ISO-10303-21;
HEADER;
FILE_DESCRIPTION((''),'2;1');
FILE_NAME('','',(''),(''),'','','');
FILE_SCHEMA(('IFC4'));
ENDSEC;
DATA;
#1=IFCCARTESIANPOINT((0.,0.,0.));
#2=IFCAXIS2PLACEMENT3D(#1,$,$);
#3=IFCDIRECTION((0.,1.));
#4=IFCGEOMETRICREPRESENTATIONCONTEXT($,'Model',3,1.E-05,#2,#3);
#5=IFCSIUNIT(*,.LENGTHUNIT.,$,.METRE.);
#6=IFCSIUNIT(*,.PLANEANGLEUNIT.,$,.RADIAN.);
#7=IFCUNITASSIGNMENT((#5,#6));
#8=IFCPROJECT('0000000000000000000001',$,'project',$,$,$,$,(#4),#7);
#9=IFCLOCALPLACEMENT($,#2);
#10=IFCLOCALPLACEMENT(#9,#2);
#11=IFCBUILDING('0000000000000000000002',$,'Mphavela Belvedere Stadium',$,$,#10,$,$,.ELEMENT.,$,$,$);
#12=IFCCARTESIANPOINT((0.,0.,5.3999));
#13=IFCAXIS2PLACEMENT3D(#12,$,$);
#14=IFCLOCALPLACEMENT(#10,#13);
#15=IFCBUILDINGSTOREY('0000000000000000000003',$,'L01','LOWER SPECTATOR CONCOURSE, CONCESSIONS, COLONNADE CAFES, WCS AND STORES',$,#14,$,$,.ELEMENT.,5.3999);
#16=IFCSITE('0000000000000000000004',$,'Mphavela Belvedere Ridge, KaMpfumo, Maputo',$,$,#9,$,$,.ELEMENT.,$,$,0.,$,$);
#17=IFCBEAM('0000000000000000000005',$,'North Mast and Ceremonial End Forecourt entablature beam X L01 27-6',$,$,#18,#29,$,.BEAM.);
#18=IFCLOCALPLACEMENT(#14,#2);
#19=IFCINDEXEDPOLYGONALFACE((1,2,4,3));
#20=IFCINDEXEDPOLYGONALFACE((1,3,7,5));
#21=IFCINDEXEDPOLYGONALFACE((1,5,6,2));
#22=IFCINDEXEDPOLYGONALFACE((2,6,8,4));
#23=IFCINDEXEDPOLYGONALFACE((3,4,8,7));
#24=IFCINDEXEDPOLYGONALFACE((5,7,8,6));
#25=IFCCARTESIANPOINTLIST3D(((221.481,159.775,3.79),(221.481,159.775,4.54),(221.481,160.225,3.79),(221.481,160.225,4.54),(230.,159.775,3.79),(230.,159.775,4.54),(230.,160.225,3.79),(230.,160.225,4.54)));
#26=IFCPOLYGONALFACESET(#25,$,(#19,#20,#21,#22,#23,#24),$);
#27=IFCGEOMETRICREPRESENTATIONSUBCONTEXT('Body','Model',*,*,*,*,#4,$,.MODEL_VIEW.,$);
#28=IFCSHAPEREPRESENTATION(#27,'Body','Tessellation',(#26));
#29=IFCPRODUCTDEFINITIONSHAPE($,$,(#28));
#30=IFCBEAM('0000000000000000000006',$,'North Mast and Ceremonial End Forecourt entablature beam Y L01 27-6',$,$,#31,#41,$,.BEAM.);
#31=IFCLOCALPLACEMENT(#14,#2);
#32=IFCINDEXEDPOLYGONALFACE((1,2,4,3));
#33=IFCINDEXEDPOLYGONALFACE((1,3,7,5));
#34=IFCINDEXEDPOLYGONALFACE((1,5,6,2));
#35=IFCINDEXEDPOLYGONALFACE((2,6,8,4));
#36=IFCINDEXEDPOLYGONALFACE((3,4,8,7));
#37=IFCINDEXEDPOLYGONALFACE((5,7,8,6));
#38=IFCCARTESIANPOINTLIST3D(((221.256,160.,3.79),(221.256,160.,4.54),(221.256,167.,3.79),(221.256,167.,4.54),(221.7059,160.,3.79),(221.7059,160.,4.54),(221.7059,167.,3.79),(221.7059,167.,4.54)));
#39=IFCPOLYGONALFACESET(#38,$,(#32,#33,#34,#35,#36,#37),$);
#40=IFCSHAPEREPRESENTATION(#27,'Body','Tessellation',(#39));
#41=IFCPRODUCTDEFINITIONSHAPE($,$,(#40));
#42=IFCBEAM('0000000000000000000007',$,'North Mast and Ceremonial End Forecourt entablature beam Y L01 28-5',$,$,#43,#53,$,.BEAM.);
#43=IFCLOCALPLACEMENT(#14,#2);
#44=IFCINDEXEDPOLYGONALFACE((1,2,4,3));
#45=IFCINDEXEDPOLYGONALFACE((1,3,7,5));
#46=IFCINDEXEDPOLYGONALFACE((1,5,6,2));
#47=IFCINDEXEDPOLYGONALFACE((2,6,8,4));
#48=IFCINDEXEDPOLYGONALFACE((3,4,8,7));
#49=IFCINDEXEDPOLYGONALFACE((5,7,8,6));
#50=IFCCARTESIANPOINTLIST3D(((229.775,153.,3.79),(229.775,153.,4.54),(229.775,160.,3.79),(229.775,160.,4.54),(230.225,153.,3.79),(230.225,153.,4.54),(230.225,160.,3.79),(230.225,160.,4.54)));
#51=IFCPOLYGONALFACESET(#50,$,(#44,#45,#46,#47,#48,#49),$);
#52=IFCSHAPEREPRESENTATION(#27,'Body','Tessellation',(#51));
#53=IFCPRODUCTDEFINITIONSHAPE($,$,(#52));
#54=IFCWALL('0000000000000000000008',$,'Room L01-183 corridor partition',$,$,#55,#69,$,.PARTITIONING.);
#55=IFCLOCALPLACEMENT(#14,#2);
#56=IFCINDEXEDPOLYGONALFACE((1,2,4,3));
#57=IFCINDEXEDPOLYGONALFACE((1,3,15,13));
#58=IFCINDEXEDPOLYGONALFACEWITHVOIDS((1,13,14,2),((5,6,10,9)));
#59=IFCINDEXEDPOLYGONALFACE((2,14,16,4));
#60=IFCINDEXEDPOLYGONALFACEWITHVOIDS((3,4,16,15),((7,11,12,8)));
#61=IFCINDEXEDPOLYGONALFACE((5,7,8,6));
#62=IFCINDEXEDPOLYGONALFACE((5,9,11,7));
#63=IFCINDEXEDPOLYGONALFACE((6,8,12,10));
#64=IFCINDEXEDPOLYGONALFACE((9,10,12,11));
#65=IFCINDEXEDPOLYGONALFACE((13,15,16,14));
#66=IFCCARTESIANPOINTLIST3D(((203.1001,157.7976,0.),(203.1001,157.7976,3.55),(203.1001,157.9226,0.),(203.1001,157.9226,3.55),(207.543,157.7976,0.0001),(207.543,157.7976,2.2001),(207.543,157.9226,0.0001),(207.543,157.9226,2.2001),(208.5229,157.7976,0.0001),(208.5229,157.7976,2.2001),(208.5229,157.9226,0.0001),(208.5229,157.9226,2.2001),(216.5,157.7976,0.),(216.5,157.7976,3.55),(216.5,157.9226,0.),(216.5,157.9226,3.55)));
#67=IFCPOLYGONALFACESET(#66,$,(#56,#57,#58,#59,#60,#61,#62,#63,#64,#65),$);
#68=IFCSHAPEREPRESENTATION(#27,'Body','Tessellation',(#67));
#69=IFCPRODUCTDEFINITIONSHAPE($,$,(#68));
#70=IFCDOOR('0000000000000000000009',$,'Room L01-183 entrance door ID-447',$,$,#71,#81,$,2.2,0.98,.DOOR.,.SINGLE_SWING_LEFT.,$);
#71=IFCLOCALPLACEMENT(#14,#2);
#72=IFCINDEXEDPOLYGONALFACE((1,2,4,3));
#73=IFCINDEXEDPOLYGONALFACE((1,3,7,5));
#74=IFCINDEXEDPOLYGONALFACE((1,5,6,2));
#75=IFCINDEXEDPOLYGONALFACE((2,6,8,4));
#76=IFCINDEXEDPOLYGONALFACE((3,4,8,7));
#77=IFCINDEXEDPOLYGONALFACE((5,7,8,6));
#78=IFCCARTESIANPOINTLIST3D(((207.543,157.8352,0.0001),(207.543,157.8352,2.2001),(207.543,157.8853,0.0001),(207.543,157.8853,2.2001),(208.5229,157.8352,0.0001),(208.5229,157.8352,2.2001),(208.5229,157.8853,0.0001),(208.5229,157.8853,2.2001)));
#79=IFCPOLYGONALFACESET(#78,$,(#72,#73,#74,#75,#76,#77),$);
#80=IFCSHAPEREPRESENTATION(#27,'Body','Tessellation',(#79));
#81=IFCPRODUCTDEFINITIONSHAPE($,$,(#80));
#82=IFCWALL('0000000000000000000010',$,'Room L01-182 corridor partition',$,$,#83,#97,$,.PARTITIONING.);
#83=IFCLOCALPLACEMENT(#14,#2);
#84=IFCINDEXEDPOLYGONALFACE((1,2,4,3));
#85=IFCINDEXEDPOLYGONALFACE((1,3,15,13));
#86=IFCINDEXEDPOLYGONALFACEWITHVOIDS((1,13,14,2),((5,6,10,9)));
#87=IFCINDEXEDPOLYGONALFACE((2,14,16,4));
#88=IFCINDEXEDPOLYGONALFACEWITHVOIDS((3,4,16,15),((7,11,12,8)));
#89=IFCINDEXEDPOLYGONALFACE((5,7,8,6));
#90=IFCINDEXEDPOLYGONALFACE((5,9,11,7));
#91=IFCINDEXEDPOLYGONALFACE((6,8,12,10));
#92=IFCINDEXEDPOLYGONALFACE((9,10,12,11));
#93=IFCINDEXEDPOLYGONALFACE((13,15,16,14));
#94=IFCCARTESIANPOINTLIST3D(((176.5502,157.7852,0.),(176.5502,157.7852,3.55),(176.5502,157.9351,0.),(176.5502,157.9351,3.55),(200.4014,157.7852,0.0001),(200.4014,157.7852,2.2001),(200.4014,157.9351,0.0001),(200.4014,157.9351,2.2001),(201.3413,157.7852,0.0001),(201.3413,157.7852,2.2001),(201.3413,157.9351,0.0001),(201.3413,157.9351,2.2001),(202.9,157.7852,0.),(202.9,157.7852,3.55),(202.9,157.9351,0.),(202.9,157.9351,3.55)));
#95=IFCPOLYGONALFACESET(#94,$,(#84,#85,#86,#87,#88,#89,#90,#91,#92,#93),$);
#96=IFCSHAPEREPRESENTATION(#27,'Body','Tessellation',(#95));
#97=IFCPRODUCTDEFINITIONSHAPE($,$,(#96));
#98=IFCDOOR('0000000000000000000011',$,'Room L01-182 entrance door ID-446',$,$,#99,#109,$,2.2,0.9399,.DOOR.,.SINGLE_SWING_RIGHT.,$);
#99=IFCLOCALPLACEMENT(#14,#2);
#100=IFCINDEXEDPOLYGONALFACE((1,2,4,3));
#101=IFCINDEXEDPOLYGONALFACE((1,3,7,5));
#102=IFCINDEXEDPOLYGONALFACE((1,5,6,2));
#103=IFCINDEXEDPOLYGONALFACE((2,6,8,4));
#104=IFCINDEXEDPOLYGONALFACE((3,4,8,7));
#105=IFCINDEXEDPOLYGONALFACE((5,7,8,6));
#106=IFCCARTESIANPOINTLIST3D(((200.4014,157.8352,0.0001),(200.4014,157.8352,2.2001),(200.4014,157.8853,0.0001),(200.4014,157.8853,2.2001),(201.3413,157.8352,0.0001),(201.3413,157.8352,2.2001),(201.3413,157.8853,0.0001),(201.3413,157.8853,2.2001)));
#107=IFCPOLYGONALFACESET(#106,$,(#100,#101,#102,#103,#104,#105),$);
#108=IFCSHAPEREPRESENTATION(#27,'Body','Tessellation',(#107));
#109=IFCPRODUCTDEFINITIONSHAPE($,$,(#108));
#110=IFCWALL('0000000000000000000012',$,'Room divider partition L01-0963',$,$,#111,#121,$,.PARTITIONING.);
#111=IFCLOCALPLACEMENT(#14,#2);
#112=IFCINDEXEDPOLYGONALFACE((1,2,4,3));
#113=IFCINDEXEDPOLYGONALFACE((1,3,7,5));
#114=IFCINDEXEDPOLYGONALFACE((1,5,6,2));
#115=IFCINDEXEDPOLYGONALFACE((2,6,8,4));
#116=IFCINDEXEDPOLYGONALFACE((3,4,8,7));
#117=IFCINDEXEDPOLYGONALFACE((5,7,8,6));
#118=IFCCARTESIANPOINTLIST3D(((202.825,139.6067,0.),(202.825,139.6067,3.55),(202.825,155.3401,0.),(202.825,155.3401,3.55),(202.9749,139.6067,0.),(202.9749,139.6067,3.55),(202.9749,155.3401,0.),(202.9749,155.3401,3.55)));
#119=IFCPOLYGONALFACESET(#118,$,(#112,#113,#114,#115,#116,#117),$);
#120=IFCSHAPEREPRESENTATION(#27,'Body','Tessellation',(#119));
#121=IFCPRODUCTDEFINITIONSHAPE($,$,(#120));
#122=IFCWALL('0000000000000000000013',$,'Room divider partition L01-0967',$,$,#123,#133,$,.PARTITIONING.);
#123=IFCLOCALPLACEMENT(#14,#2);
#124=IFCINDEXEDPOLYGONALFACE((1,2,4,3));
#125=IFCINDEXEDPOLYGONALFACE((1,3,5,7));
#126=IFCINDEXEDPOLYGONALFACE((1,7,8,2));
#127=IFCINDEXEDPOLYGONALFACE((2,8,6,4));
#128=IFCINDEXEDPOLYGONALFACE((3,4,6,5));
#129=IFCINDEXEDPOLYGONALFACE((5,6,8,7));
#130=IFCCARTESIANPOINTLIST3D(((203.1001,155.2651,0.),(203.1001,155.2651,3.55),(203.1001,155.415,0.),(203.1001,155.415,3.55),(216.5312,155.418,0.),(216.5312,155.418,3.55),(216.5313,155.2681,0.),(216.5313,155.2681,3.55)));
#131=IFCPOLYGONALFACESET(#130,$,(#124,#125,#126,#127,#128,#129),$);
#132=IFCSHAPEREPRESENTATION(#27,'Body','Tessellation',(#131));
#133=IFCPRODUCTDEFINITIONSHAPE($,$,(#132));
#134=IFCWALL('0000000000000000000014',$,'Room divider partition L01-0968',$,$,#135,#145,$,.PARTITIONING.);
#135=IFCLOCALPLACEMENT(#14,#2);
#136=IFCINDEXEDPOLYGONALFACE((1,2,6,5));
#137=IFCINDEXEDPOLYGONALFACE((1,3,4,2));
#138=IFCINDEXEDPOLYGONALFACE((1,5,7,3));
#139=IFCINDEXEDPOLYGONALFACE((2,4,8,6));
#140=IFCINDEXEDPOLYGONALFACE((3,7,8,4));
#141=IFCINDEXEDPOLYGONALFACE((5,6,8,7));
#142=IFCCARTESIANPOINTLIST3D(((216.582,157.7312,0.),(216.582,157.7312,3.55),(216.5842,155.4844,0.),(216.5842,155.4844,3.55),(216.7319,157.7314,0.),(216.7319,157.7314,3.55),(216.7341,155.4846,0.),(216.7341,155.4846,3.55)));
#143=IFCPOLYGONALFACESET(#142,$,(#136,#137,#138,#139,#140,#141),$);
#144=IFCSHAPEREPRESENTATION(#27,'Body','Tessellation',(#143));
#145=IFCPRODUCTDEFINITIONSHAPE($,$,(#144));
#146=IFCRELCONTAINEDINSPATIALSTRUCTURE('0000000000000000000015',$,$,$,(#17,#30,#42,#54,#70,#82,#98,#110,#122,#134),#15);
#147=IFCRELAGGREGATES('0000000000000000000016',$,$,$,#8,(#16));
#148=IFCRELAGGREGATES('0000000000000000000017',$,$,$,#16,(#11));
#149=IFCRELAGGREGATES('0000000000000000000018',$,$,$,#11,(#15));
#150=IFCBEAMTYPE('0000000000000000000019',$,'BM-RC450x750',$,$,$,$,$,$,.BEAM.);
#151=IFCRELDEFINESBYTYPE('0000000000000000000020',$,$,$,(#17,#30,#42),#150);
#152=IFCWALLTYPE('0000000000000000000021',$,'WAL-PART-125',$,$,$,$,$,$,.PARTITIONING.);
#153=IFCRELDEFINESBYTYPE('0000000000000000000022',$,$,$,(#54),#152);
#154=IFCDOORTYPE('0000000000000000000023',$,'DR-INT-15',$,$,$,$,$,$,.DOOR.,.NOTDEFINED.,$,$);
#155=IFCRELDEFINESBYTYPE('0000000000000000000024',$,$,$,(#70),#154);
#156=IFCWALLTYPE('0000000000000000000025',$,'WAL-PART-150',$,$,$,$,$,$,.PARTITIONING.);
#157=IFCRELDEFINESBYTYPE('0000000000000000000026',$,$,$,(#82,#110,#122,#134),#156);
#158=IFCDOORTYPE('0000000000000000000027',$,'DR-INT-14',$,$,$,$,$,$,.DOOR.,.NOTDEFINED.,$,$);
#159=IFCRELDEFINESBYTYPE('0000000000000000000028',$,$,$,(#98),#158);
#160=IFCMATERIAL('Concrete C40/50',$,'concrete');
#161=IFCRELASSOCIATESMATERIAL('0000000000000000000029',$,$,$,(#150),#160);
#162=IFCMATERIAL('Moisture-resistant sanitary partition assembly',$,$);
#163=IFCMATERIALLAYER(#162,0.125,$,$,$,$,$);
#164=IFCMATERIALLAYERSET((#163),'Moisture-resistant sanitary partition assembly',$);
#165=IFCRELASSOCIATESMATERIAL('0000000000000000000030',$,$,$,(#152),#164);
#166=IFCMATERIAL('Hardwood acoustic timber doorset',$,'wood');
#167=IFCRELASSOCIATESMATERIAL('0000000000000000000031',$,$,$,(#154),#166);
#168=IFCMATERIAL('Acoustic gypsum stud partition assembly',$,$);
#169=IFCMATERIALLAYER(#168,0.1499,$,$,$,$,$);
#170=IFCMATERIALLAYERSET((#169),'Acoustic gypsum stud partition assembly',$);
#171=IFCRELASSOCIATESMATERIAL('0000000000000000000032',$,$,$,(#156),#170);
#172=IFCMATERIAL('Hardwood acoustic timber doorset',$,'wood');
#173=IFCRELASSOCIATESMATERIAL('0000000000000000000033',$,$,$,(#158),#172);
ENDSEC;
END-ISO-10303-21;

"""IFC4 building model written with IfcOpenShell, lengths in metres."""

from ifc_helpers import new_model, si_unit, direction, frame, frame_2d, origin, origin_2d, place, context, subcontext, project, spatial, rectangle, extrude, material, layer, layer_set, material_profile, profile_set, type_object, element, fill, save


model = new_model("IFC4")

# Units and contexts
model_context = context("Model", 3, precision=1e-05, world=origin(), true_north=direction((0.0, 1.0)))
body_context = subcontext(model_context, "Body", "Model", "MODEL_VIEW")
ifc_project = project(units=[si_unit("LENGTHUNIT", "METRE"), si_unit("PLANEANGLEUNIT", "RADIAN")], contexts=[model_context])

# Site, building, storey
site_placement = place(None, origin())
site = spatial("IfcSite", under=ifc_project, at=site_placement, Name="Mphavela Belvedere Ridge, KaMpfumo, Maputo", CompositionType="ELEMENT", RefElevation=0.0)
building_placement = place(site_placement, origin())
building = spatial("IfcBuilding", under=site, at=building_placement, Name="Mphavela Belvedere Stadium", CompositionType="ELEMENT")
storey_placement = place(building_placement, frame((0.0, 0.0, 5.3999)))
storey = spatial("IfcBuildingStorey", under=building, at=storey_placement, Name="L01", Description="LOWER SPECTATOR CONCOURSE, CONCESSIONS, COLONNADE CAFES, WCS AND STORES", CompositionType="ELEMENT", Elevation=5.3999)

# Beams
ifc_material_1 = material(Name="Concrete C40/50", Category="concrete")
ifc_material_profile_1 = material_profile(ifc_material_1, rectangle(XDim=0.45, YDim=0.75, at=origin_2d()), Name="RC 450x750")
ifc_profile_set_1 = profile_set([ifc_material_profile_1], Name="Concrete C40/50")
beam_type_1 = type_object("IfcBeamType", Name="BM-RC450x750", PredefinedType="BEAM", material=ifc_profile_set_1)
beam_1_placement = place(storey_placement, frame((221.481, 160.0, 4.165), z_axis=(1.0, 0.0, 0.0), x_axis=(0.0, 1.0, 0.0)))
element("IfcBeam", 1, at=beam_1_placement, inside=storey, type_object=beam_type_1, Name="North Mast and Ceremonial End Forecourt entablature beam X L01 27-6", PredefinedType="BEAM", context=body_context, shape_type="SweptSolid", body=[
    extrude(rectangle(XDim=0.45, YDim=0.75, at=origin_2d()), origin(), (0.0, 0.0, 1.0), 8.519),
])
for number, where, z_axis, x_axis, name in (
    (2, (221.481, 160.0, 4.165), (0.0, 1.0, 0.0), (-1.0, 0.0, 0.0), "North Mast and Ceremonial End Forecourt entablature beam Y L01 27-6"),
    (3, (230.0, 153.0, 4.165), (0.0, 1.0, 0.0), (-1.0, 0.0, 0.0), "North Mast and Ceremonial End Forecourt entablature beam Y L01 28-5"),
):
    element("IfcBeam", number, at=place(storey_placement, frame(where, z_axis=z_axis, x_axis=x_axis)), inside=storey, type_object=beam_type_1, Name=name, PredefinedType="BEAM", context=body_context, shape_type="SweptSolid", body=[
        extrude(rectangle(XDim=0.45, YDim=0.75, at=origin_2d()), origin(), (0.0, 0.0, 1.0), 7.0),
    ])

# Walls, openings, doors
ifc_material_2 = material(Name="Moisture-resistant sanitary partition assembly")
ifc_layer_1 = layer(ifc_material_2, 0.125)
ifc_layer_set_1 = layer_set([ifc_layer_1], Name="Moisture-resistant sanitary partition assembly")
wall_type_1 = type_object("IfcWallType", Name="WAL-PART-125", PredefinedType="PARTITIONING", material=ifc_layer_set_1)
wall_1_placement = place(storey_placement, frame((216.5, 157.8601, 0.0), z_axis=(0.0, 0.0, 1.0), x_axis=(-1.0, 0.0, 0.0)))
wall_1 = element("IfcWall", 4, at=wall_1_placement, inside=storey, type_object=wall_type_1, Name="Room L01-183 corridor partition", PredefinedType="PARTITIONING", context=body_context, shape_type="SweptSolid", body=[
    extrude(rectangle(XDim=13.3999, YDim=0.125, at=frame_2d((6.7, 0.0))), origin(), (0.0, 0.0, 1.0), 3.55),
])
opening_1_placement = place(wall_1_placement, frame((7.9771, 0.0, 0.0)))
opening_1 = element("IfcOpeningElement", 5, at=opening_1_placement, cuts=wall_1, PredefinedType="OPENING", context=body_context, shape_type="SweptSolid", body=[
    extrude(rectangle(XDim=0.98, YDim=2.2, at=frame_2d((0.49, 1.1001))), frame((0.0, 0.0725, 0.0), z_axis=(0.0, -1.0, 0.0), x_axis=(1.0, 0.0, 0.0)), (0.0, 0.0, 1.0), 0.145),
])
ifc_material_3 = material(Name="Hardwood acoustic timber doorset", Category="wood")
door_type_1 = type_object("IfcDoorType", Name="DR-INT-15", OperationType="NOTDEFINED", PredefinedType="DOOR", material=ifc_material_3)
door_1_placement = place(opening_1_placement, origin())
door_1 = element("IfcDoor", 6, at=door_1_placement, inside=storey, type_object=door_type_1, Name="Room L01-183 entrance door ID-447", OperationType="SINGLE_SWING_LEFT", OverallHeight=2.2, OverallWidth=0.98, PredefinedType="DOOR", context=body_context, shape_type="SweptSolid", body=[
    extrude(rectangle(XDim=0.98, YDim=2.2, at=frame_2d((0.49, 1.1001))), frame((0.0, 0.0249, 0.0), z_axis=(0.0, -1.0, 0.0), x_axis=(1.0, 0.0, 0.0)), (0.0, 0.0, 1.0), 0.05),
])
fill(opening_1, door_1)
ifc_material_4 = material(Name="Acoustic gypsum stud partition assembly")
ifc_layer_2 = layer(ifc_material_4, 0.1499)
ifc_layer_set_2 = layer_set([ifc_layer_2], Name="Acoustic gypsum stud partition assembly")
wall_type_2 = type_object("IfcWallType", Name="WAL-PART-150", PredefinedType="PARTITIONING", material=ifc_layer_set_2)
wall_2_placement = place(storey_placement, frame((202.8999, 157.8601, 0.0), z_axis=(0.0, 0.0, 1.0), x_axis=(-1.0, 0.0, 0.0)))
wall_2 = element("IfcWall", 7, at=wall_2_placement, inside=storey, type_object=wall_type_2, Name="Room L01-182 corridor partition", PredefinedType="PARTITIONING", context=body_context, shape_type="SweptSolid", body=[
    extrude(rectangle(XDim=26.3499, YDim=0.1499, at=frame_2d((13.1748, 0.0))), origin(), (0.0, 0.0, 1.0), 3.55),
])
opening_2_placement = place(wall_2_placement, frame((1.5586, 0.0, 0.0)))
opening_2 = element("IfcOpeningElement", 8, at=opening_2_placement, cuts=wall_2, PredefinedType="OPENING", context=body_context, shape_type="SweptSolid", body=[
    extrude(rectangle(XDim=0.9399, YDim=2.2, at=frame_2d((0.47, 1.1001))), frame((0.0, 0.085, 0.0), z_axis=(0.0, -1.0, 0.0), x_axis=(1.0, 0.0, 0.0)), (0.0, 0.0, 1.0), 0.1699),
])
ifc_material_5 = material(Name="Hardwood acoustic timber doorset", Category="wood")
door_type_2 = type_object("IfcDoorType", Name="DR-INT-14", OperationType="NOTDEFINED", PredefinedType="DOOR", material=ifc_material_5)
door_2_placement = place(opening_2_placement, origin())
door_2 = element("IfcDoor", 9, at=door_2_placement, inside=storey, type_object=door_type_2, Name="Room L01-182 entrance door ID-446", OperationType="SINGLE_SWING_RIGHT", OverallHeight=2.2, OverallWidth=0.9399, PredefinedType="DOOR", context=body_context, shape_type="SweptSolid", body=[
    extrude(rectangle(XDim=0.9399, YDim=2.2, at=frame_2d((0.47, 1.1001))), frame((0.0, 0.0249, 0.0), z_axis=(0.0, -1.0, 0.0), x_axis=(1.0, 0.0, 0.0)), (0.0, 0.0, 1.0), 0.05),
])
fill(opening_2, door_2)

# Walls
wall_3_placement = place(storey_placement, frame((202.8999, 155.3401, 0.0), z_axis=(0.0, 0.0, 1.0), x_axis=(0.0, -1.0, 0.0)))
element("IfcWall", 10, at=wall_3_placement, inside=storey, type_object=wall_type_2, Name="Room divider partition L01-0963", PredefinedType="PARTITIONING", context=body_context, shape_type="SweptSolid", body=[
    extrude(rectangle(XDim=15.7334, YDim=0.1499, at=frame_2d((7.8667, 0.0))), origin(), (0.0, 0.0, 1.0), 3.55),
])
wall_4_placement = place(storey_placement, frame((203.1001, 155.3401, 0.0), z_axis=(0.0, 0.0, 1.0), x_axis=(1.0, 0.000218, 0.0)))
element("IfcWall", 11, at=wall_4_placement, inside=storey, type_object=wall_type_2, Name="Room divider partition L01-0967", PredefinedType="PARTITIONING", context=body_context, shape_type="SweptSolid", body=[
    extrude(rectangle(XDim=13.4312, YDim=0.1499, at=frame_2d((6.7156, 0.0))), origin(), (0.0, 0.0, 1.0), 3.55),
])
wall_5_placement = place(storey_placement, frame((216.6592, 155.4844, 0.0), z_axis=(0.0, 0.0, 1.0), x_axis=(-0.000978, 1.0, 0.0)))
element("IfcWall", 12, at=wall_5_placement, inside=storey, type_object=wall_type_2, Name="Room divider partition L01-0968", PredefinedType="PARTITIONING", context=body_context, shape_type="SweptSolid", body=[
    extrude(rectangle(XDim=2.2468, YDim=0.1499, at=frame_2d((1.1235, 0.0))), origin(), (0.0, 0.0, 1.0), 3.55),
])

save(model, "model.ifc")
